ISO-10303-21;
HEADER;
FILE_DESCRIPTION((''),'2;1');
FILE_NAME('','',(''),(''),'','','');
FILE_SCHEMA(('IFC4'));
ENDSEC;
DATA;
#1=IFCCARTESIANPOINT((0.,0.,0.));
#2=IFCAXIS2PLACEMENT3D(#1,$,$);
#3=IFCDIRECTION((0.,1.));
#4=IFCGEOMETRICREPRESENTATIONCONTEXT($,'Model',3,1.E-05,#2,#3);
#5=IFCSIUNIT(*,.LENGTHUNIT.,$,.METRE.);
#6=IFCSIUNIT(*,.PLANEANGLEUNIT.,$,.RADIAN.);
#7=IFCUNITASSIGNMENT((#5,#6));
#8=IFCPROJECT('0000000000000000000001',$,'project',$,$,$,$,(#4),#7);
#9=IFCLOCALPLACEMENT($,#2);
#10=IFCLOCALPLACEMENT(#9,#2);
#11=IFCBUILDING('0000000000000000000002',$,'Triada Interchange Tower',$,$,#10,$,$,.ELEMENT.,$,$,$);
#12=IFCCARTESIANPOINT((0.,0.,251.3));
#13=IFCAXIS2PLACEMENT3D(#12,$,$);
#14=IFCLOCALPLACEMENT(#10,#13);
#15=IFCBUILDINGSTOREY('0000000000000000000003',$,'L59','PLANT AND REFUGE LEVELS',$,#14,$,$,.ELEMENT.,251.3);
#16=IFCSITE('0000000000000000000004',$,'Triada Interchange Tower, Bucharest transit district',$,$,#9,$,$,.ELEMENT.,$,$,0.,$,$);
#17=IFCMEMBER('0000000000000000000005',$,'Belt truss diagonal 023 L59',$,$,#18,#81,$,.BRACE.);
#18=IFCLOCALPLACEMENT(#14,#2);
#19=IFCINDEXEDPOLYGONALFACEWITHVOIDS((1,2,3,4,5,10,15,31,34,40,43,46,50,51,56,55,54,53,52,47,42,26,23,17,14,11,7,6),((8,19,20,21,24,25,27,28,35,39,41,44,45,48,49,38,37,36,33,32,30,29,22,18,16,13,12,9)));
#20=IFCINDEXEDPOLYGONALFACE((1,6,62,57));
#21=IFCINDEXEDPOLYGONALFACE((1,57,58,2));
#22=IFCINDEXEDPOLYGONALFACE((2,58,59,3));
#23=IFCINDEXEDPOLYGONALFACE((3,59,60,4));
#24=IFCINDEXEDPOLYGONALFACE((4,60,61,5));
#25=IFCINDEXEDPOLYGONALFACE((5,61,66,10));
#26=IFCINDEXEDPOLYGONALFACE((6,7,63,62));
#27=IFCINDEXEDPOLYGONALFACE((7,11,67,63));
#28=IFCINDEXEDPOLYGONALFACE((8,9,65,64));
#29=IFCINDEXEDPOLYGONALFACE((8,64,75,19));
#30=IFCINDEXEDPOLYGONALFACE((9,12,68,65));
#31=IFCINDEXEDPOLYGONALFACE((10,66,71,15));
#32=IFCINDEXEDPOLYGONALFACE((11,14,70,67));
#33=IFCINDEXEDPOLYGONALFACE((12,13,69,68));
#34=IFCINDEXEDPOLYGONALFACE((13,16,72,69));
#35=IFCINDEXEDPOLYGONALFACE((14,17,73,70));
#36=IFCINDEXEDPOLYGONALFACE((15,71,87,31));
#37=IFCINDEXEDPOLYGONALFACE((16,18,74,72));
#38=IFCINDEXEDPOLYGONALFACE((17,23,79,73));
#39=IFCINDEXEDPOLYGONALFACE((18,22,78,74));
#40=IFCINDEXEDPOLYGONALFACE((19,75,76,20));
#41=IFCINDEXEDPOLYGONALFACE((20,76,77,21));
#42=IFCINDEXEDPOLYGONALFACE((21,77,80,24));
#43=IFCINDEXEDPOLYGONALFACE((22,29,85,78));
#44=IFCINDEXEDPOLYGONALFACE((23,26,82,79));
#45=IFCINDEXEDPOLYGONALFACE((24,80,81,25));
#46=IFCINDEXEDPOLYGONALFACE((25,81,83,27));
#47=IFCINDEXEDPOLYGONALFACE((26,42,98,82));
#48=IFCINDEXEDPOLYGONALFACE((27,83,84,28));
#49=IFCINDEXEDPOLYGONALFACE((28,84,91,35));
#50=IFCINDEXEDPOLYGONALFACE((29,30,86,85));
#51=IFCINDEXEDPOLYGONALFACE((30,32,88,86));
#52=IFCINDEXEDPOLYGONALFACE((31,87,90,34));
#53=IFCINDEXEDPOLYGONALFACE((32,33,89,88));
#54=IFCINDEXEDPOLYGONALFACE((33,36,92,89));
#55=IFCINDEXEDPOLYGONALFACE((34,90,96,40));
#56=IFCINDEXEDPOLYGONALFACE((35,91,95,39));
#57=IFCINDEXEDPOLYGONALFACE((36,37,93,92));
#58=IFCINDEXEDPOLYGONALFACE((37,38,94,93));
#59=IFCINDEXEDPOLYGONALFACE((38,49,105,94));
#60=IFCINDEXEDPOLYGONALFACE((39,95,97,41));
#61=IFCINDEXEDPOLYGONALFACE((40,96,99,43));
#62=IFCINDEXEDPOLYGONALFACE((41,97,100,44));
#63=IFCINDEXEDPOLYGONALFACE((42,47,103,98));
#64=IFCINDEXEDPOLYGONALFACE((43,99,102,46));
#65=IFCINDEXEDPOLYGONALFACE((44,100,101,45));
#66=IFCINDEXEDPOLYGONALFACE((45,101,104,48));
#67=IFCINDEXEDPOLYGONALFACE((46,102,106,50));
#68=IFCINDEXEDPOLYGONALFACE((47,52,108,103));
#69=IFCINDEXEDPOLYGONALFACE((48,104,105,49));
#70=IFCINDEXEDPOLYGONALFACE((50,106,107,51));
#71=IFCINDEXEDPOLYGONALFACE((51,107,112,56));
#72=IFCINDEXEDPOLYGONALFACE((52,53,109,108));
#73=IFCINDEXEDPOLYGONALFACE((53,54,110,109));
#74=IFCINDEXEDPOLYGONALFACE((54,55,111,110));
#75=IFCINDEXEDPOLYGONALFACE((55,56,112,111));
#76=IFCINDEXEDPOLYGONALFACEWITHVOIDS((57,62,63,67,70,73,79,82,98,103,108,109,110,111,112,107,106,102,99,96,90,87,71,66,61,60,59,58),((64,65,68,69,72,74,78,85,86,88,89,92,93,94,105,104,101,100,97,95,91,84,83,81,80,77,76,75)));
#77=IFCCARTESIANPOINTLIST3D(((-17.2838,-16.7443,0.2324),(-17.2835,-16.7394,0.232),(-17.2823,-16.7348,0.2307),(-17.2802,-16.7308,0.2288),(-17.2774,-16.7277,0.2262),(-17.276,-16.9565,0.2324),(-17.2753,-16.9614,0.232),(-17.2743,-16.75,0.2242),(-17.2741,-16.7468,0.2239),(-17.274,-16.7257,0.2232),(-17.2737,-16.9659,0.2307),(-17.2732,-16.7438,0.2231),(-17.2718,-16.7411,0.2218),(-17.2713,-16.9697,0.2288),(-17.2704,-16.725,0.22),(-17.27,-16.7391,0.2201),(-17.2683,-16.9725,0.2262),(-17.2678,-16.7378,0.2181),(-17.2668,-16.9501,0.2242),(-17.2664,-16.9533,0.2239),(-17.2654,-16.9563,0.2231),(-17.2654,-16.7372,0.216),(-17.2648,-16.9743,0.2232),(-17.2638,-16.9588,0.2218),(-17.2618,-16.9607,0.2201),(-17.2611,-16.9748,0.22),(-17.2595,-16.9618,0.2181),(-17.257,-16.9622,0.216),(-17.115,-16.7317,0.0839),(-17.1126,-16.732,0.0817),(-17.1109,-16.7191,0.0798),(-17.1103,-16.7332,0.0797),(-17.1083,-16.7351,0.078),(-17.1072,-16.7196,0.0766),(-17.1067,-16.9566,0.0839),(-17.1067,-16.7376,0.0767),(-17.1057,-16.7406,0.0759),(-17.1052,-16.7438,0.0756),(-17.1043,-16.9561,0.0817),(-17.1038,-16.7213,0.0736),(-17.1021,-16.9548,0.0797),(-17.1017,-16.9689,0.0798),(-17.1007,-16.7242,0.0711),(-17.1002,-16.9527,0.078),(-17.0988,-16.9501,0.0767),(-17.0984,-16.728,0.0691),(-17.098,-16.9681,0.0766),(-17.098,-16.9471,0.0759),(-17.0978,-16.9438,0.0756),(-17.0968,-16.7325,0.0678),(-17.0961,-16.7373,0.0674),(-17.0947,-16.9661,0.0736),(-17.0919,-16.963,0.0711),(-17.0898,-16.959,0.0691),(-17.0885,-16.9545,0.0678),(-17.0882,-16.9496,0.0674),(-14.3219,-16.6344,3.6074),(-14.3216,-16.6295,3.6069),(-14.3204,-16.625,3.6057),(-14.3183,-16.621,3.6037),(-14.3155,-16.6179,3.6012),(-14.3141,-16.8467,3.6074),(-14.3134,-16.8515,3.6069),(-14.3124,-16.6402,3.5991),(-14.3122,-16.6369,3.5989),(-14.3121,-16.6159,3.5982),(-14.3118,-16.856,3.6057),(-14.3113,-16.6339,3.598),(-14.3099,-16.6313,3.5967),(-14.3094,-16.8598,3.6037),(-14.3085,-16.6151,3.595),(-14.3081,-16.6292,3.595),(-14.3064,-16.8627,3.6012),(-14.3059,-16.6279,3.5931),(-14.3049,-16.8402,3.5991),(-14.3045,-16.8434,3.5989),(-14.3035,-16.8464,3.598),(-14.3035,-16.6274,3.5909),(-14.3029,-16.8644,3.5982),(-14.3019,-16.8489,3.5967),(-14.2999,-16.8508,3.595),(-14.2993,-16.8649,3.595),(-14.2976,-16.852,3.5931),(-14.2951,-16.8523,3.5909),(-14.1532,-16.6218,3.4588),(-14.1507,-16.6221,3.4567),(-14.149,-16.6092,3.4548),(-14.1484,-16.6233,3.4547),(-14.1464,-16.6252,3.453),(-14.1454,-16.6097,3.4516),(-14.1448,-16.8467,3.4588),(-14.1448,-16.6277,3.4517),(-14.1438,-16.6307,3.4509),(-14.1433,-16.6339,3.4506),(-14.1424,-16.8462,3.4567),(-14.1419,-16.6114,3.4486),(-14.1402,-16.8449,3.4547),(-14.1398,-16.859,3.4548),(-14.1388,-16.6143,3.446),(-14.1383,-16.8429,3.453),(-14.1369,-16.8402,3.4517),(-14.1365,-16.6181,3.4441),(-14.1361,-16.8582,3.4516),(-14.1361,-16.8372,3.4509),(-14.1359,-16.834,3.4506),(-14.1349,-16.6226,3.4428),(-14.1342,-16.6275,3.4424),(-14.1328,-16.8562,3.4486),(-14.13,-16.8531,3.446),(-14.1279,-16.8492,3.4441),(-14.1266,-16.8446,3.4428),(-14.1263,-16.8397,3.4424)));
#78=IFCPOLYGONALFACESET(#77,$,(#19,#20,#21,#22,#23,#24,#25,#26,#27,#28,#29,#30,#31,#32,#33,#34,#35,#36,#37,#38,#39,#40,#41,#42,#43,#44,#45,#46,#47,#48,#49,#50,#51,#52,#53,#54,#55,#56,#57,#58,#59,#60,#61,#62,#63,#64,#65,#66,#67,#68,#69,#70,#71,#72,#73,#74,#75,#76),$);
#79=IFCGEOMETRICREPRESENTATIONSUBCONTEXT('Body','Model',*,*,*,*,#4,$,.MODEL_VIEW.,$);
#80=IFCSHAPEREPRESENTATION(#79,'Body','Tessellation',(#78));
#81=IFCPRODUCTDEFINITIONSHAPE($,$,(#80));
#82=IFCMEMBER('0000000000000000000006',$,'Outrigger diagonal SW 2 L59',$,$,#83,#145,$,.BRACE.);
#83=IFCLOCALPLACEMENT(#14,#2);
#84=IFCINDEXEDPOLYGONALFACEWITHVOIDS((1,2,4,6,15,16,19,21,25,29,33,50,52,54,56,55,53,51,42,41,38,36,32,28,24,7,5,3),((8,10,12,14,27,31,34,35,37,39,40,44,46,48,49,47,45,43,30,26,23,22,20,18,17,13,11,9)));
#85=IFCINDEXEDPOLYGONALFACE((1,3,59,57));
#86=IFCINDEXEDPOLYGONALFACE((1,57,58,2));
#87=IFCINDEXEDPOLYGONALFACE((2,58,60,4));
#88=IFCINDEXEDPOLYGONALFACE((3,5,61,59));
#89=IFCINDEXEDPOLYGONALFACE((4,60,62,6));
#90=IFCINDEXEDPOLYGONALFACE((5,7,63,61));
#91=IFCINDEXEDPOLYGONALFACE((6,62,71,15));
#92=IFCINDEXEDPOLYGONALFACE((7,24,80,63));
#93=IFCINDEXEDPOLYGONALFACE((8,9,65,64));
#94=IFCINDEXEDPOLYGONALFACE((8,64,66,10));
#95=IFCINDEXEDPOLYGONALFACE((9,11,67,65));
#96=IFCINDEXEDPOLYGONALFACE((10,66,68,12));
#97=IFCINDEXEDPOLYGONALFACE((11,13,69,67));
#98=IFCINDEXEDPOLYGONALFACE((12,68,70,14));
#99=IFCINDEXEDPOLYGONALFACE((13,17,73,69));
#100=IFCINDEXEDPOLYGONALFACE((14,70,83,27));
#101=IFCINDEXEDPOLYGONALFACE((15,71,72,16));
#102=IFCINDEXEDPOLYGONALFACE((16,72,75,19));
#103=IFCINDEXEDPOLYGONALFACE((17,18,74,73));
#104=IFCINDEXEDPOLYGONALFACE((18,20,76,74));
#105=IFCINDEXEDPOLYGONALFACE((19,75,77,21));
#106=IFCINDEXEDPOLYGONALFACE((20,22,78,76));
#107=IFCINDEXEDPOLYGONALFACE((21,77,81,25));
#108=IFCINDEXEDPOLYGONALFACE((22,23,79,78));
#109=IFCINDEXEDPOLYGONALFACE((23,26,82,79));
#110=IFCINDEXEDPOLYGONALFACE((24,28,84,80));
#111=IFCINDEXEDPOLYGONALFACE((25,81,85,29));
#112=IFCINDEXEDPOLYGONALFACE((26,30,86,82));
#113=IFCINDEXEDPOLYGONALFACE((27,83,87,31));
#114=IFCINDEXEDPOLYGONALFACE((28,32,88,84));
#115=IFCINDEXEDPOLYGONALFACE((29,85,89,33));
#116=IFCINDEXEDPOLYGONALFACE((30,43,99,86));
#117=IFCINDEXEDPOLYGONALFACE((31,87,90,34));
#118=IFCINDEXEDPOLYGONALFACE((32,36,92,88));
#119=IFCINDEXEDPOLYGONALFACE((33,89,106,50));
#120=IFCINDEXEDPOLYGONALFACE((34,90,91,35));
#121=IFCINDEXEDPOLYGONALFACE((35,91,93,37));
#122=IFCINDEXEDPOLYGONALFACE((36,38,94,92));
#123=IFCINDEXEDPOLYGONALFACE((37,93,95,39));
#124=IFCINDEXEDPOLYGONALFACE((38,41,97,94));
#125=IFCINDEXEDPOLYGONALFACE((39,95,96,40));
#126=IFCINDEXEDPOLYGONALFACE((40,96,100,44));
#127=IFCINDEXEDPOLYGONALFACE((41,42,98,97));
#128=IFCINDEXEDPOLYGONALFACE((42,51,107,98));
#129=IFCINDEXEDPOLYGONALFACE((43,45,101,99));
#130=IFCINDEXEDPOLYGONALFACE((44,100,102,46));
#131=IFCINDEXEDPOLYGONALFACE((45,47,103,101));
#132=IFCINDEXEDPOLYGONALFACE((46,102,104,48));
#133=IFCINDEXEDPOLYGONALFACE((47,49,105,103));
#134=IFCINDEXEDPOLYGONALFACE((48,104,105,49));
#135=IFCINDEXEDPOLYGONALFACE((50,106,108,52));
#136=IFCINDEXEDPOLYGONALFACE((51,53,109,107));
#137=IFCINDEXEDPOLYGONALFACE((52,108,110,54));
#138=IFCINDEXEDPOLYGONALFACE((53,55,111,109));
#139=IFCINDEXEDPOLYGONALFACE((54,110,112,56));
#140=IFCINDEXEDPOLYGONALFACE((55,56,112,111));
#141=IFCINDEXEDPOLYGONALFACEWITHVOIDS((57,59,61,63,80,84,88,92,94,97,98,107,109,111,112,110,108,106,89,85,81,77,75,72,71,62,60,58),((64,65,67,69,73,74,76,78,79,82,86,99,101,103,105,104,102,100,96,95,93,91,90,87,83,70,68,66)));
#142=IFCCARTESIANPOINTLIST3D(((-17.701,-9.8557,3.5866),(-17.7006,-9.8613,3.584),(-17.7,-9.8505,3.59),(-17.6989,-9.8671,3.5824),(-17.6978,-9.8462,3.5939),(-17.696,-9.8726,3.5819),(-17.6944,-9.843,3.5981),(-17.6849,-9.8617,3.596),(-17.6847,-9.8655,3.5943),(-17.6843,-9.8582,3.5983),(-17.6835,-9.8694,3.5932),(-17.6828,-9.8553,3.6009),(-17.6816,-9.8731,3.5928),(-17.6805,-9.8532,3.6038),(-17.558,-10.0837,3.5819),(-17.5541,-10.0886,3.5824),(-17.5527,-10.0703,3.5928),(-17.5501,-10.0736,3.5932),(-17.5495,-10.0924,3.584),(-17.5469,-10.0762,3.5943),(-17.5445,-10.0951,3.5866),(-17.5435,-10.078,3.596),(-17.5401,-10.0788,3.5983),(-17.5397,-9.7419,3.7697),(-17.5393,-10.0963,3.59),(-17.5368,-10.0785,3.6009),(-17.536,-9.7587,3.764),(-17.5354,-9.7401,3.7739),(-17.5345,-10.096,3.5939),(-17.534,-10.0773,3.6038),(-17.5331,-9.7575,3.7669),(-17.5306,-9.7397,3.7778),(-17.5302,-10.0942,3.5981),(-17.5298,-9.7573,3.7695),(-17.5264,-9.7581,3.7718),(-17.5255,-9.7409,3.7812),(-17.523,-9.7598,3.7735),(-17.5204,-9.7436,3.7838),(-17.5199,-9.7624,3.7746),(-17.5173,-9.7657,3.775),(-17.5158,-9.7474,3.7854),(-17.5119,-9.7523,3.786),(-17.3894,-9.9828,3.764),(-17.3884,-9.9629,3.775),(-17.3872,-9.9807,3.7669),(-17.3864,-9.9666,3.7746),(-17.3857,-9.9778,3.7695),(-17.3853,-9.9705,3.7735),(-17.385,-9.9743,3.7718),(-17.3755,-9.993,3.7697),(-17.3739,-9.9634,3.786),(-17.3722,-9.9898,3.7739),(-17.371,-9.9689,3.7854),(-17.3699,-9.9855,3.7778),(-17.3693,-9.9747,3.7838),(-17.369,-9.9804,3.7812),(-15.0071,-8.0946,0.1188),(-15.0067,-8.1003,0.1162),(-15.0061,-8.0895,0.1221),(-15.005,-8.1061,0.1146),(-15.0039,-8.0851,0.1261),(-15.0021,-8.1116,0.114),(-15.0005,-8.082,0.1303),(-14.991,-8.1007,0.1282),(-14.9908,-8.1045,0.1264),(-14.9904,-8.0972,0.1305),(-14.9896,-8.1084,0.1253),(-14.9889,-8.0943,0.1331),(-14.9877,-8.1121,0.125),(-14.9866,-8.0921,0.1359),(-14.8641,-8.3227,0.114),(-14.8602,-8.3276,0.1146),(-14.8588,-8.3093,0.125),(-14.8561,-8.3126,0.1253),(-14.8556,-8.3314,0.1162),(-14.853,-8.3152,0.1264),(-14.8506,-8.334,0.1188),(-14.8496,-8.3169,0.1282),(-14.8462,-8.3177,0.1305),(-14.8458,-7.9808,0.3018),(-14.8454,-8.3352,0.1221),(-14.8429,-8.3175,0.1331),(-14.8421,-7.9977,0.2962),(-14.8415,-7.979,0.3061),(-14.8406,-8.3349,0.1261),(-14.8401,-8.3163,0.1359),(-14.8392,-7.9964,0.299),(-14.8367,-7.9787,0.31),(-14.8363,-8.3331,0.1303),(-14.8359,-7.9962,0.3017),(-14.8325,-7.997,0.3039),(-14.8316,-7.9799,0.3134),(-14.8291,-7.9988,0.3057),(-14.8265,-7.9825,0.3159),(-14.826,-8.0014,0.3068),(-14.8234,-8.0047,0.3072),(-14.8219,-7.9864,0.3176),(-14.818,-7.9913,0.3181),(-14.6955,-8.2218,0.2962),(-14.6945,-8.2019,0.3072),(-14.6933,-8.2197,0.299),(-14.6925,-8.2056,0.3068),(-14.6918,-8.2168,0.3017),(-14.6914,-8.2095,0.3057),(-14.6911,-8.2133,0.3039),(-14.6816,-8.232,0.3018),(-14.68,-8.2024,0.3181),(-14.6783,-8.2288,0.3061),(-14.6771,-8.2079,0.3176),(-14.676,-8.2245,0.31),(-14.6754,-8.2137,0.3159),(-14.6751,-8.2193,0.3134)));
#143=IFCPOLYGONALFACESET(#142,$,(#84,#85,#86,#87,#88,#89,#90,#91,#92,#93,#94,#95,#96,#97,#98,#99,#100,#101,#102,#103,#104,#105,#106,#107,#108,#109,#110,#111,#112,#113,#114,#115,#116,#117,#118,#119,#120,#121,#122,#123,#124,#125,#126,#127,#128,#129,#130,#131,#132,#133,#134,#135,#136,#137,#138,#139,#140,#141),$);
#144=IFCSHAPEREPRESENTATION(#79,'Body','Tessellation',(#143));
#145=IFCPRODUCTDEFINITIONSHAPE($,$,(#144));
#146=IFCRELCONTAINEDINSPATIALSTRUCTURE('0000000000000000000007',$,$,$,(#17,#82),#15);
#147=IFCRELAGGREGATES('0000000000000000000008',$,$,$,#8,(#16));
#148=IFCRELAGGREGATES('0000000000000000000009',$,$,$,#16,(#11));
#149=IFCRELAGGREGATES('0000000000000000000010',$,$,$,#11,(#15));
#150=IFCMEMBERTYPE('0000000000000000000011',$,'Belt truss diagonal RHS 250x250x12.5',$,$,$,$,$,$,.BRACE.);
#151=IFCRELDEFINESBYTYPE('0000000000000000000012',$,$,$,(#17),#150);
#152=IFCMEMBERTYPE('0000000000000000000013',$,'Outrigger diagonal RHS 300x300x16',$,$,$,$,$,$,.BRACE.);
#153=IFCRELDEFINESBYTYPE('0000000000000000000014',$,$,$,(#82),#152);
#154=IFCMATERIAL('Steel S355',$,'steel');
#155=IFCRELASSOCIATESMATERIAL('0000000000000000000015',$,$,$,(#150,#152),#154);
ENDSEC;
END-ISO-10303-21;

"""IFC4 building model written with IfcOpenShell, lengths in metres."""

from ifc_helpers import new_model, si_unit, direction, frame, origin, origin_2d, place, context, subcontext, project, spatial, hollow_rectangle, extrude, material, material_profile, profile_set, type_object, element, save


model = new_model("IFC4")

# Units and contexts
model_context = context("Model", 3, precision=1e-05, world=origin(), true_north=direction((0.0, 1.0)))
body_context = subcontext(model_context, "Body", "Model", "MODEL_VIEW")
ifc_project = project(units=[si_unit("LENGTHUNIT", "METRE"), si_unit("PLANEANGLEUNIT", "RADIAN")], contexts=[model_context])

# Site, building, storey
site_placement = place(None, origin())
site = spatial("IfcSite", under=ifc_project, at=site_placement, Name="Triada Interchange Tower, Bucharest transit district", CompositionType="ELEMENT", RefElevation=0.0)
building_placement = place(site_placement, origin())
building = spatial("IfcBuilding", under=site, at=building_placement, Name="Triada Interchange Tower", CompositionType="ELEMENT")
storey_placement = place(building_placement, frame((0.0, 0.0, 251.3)))
storey = spatial("IfcBuildingStorey", under=building, at=storey_placement, Name="L59", Description="PLANT AND REFUGE LEVELS", CompositionType="ELEMENT", Elevation=251.3)

# Members
ifc_material_1 = material(Name="Steel S355", Category="steel")
ifc_material_profile_1 = material_profile(ifc_material_1, hollow_rectangle(XDim=0.25, YDim=0.25, WallThickness=0.0125, InnerFilletRadius=0.0125, OuterFilletRadius=0.0188, at=origin_2d()), Name="RHS 250x250x12.5")
ifc_profile_set_1 = profile_set([ifc_material_profile_1], Name="Steel S355")
member_type_1 = type_object("IfcMemberType", Name="Belt truss diagonal RHS 250x250x12.5", PredefinedType="BRACE", material=ifc_profile_set_1)
member_1_placement = place(storey_placement, frame((-17.186, -16.8469, 0.1499), z_axis=(0.659415, 0.024459, 0.751381), x_axis=(-0.037066, 0.999313, 0.0)))
element("IfcMember", 1, at=member_1_placement, inside=storey, type_object=member_type_1, Name="Belt truss diagonal 023 L59", PredefinedType="BRACE", context=body_context, shape_type="SweptSolid", body=[
    extrude(hollow_rectangle(XDim=0.25, YDim=0.25, WallThickness=0.0125, InnerFilletRadius=0.0125, OuterFilletRadius=0.0188, at=origin_2d()), origin(), (0.0, 0.0, 1.0), 4.4917),
])
ifc_material_profile_2 = material_profile(ifc_material_1, hollow_rectangle(XDim=0.3, YDim=0.3, WallThickness=0.0161, InnerFilletRadius=0.0161, OuterFilletRadius=0.0239, at=origin_2d()), Name="RHS 300x300x16")
ifc_profile_set_2 = profile_set([ifc_material_profile_2], Name="Steel S355")
member_type_2 = type_object("IfcMemberType", Name="Outrigger diagonal RHS 300x300x16", PredefinedType="BRACE", material=ifc_profile_set_2)
for number, where, z_axis, x_axis, name in (
    (2, (-14.8411, -8.157, 0.2161), (-0.569391, -0.372215, 0.732973), (0.547168, -0.837023, 0.0), "Outrigger diagonal SW 2 L59"),
):
    element("IfcMember", number, at=place(storey_placement, frame(where, z_axis=z_axis, x_axis=x_axis)), inside=storey, type_object=member_type_2, Name=name, PredefinedType="BRACE", context=body_context, shape_type="SweptSolid", body=[
        extrude(hollow_rectangle(XDim=0.3, YDim=0.3, WallThickness=0.0161, InnerFilletRadius=0.0161, OuterFilletRadius=0.0239, at=origin_2d()), origin(), (0.0, 0.0, 1.0), 4.7312),
    ])

save(model, "model.ifc")
